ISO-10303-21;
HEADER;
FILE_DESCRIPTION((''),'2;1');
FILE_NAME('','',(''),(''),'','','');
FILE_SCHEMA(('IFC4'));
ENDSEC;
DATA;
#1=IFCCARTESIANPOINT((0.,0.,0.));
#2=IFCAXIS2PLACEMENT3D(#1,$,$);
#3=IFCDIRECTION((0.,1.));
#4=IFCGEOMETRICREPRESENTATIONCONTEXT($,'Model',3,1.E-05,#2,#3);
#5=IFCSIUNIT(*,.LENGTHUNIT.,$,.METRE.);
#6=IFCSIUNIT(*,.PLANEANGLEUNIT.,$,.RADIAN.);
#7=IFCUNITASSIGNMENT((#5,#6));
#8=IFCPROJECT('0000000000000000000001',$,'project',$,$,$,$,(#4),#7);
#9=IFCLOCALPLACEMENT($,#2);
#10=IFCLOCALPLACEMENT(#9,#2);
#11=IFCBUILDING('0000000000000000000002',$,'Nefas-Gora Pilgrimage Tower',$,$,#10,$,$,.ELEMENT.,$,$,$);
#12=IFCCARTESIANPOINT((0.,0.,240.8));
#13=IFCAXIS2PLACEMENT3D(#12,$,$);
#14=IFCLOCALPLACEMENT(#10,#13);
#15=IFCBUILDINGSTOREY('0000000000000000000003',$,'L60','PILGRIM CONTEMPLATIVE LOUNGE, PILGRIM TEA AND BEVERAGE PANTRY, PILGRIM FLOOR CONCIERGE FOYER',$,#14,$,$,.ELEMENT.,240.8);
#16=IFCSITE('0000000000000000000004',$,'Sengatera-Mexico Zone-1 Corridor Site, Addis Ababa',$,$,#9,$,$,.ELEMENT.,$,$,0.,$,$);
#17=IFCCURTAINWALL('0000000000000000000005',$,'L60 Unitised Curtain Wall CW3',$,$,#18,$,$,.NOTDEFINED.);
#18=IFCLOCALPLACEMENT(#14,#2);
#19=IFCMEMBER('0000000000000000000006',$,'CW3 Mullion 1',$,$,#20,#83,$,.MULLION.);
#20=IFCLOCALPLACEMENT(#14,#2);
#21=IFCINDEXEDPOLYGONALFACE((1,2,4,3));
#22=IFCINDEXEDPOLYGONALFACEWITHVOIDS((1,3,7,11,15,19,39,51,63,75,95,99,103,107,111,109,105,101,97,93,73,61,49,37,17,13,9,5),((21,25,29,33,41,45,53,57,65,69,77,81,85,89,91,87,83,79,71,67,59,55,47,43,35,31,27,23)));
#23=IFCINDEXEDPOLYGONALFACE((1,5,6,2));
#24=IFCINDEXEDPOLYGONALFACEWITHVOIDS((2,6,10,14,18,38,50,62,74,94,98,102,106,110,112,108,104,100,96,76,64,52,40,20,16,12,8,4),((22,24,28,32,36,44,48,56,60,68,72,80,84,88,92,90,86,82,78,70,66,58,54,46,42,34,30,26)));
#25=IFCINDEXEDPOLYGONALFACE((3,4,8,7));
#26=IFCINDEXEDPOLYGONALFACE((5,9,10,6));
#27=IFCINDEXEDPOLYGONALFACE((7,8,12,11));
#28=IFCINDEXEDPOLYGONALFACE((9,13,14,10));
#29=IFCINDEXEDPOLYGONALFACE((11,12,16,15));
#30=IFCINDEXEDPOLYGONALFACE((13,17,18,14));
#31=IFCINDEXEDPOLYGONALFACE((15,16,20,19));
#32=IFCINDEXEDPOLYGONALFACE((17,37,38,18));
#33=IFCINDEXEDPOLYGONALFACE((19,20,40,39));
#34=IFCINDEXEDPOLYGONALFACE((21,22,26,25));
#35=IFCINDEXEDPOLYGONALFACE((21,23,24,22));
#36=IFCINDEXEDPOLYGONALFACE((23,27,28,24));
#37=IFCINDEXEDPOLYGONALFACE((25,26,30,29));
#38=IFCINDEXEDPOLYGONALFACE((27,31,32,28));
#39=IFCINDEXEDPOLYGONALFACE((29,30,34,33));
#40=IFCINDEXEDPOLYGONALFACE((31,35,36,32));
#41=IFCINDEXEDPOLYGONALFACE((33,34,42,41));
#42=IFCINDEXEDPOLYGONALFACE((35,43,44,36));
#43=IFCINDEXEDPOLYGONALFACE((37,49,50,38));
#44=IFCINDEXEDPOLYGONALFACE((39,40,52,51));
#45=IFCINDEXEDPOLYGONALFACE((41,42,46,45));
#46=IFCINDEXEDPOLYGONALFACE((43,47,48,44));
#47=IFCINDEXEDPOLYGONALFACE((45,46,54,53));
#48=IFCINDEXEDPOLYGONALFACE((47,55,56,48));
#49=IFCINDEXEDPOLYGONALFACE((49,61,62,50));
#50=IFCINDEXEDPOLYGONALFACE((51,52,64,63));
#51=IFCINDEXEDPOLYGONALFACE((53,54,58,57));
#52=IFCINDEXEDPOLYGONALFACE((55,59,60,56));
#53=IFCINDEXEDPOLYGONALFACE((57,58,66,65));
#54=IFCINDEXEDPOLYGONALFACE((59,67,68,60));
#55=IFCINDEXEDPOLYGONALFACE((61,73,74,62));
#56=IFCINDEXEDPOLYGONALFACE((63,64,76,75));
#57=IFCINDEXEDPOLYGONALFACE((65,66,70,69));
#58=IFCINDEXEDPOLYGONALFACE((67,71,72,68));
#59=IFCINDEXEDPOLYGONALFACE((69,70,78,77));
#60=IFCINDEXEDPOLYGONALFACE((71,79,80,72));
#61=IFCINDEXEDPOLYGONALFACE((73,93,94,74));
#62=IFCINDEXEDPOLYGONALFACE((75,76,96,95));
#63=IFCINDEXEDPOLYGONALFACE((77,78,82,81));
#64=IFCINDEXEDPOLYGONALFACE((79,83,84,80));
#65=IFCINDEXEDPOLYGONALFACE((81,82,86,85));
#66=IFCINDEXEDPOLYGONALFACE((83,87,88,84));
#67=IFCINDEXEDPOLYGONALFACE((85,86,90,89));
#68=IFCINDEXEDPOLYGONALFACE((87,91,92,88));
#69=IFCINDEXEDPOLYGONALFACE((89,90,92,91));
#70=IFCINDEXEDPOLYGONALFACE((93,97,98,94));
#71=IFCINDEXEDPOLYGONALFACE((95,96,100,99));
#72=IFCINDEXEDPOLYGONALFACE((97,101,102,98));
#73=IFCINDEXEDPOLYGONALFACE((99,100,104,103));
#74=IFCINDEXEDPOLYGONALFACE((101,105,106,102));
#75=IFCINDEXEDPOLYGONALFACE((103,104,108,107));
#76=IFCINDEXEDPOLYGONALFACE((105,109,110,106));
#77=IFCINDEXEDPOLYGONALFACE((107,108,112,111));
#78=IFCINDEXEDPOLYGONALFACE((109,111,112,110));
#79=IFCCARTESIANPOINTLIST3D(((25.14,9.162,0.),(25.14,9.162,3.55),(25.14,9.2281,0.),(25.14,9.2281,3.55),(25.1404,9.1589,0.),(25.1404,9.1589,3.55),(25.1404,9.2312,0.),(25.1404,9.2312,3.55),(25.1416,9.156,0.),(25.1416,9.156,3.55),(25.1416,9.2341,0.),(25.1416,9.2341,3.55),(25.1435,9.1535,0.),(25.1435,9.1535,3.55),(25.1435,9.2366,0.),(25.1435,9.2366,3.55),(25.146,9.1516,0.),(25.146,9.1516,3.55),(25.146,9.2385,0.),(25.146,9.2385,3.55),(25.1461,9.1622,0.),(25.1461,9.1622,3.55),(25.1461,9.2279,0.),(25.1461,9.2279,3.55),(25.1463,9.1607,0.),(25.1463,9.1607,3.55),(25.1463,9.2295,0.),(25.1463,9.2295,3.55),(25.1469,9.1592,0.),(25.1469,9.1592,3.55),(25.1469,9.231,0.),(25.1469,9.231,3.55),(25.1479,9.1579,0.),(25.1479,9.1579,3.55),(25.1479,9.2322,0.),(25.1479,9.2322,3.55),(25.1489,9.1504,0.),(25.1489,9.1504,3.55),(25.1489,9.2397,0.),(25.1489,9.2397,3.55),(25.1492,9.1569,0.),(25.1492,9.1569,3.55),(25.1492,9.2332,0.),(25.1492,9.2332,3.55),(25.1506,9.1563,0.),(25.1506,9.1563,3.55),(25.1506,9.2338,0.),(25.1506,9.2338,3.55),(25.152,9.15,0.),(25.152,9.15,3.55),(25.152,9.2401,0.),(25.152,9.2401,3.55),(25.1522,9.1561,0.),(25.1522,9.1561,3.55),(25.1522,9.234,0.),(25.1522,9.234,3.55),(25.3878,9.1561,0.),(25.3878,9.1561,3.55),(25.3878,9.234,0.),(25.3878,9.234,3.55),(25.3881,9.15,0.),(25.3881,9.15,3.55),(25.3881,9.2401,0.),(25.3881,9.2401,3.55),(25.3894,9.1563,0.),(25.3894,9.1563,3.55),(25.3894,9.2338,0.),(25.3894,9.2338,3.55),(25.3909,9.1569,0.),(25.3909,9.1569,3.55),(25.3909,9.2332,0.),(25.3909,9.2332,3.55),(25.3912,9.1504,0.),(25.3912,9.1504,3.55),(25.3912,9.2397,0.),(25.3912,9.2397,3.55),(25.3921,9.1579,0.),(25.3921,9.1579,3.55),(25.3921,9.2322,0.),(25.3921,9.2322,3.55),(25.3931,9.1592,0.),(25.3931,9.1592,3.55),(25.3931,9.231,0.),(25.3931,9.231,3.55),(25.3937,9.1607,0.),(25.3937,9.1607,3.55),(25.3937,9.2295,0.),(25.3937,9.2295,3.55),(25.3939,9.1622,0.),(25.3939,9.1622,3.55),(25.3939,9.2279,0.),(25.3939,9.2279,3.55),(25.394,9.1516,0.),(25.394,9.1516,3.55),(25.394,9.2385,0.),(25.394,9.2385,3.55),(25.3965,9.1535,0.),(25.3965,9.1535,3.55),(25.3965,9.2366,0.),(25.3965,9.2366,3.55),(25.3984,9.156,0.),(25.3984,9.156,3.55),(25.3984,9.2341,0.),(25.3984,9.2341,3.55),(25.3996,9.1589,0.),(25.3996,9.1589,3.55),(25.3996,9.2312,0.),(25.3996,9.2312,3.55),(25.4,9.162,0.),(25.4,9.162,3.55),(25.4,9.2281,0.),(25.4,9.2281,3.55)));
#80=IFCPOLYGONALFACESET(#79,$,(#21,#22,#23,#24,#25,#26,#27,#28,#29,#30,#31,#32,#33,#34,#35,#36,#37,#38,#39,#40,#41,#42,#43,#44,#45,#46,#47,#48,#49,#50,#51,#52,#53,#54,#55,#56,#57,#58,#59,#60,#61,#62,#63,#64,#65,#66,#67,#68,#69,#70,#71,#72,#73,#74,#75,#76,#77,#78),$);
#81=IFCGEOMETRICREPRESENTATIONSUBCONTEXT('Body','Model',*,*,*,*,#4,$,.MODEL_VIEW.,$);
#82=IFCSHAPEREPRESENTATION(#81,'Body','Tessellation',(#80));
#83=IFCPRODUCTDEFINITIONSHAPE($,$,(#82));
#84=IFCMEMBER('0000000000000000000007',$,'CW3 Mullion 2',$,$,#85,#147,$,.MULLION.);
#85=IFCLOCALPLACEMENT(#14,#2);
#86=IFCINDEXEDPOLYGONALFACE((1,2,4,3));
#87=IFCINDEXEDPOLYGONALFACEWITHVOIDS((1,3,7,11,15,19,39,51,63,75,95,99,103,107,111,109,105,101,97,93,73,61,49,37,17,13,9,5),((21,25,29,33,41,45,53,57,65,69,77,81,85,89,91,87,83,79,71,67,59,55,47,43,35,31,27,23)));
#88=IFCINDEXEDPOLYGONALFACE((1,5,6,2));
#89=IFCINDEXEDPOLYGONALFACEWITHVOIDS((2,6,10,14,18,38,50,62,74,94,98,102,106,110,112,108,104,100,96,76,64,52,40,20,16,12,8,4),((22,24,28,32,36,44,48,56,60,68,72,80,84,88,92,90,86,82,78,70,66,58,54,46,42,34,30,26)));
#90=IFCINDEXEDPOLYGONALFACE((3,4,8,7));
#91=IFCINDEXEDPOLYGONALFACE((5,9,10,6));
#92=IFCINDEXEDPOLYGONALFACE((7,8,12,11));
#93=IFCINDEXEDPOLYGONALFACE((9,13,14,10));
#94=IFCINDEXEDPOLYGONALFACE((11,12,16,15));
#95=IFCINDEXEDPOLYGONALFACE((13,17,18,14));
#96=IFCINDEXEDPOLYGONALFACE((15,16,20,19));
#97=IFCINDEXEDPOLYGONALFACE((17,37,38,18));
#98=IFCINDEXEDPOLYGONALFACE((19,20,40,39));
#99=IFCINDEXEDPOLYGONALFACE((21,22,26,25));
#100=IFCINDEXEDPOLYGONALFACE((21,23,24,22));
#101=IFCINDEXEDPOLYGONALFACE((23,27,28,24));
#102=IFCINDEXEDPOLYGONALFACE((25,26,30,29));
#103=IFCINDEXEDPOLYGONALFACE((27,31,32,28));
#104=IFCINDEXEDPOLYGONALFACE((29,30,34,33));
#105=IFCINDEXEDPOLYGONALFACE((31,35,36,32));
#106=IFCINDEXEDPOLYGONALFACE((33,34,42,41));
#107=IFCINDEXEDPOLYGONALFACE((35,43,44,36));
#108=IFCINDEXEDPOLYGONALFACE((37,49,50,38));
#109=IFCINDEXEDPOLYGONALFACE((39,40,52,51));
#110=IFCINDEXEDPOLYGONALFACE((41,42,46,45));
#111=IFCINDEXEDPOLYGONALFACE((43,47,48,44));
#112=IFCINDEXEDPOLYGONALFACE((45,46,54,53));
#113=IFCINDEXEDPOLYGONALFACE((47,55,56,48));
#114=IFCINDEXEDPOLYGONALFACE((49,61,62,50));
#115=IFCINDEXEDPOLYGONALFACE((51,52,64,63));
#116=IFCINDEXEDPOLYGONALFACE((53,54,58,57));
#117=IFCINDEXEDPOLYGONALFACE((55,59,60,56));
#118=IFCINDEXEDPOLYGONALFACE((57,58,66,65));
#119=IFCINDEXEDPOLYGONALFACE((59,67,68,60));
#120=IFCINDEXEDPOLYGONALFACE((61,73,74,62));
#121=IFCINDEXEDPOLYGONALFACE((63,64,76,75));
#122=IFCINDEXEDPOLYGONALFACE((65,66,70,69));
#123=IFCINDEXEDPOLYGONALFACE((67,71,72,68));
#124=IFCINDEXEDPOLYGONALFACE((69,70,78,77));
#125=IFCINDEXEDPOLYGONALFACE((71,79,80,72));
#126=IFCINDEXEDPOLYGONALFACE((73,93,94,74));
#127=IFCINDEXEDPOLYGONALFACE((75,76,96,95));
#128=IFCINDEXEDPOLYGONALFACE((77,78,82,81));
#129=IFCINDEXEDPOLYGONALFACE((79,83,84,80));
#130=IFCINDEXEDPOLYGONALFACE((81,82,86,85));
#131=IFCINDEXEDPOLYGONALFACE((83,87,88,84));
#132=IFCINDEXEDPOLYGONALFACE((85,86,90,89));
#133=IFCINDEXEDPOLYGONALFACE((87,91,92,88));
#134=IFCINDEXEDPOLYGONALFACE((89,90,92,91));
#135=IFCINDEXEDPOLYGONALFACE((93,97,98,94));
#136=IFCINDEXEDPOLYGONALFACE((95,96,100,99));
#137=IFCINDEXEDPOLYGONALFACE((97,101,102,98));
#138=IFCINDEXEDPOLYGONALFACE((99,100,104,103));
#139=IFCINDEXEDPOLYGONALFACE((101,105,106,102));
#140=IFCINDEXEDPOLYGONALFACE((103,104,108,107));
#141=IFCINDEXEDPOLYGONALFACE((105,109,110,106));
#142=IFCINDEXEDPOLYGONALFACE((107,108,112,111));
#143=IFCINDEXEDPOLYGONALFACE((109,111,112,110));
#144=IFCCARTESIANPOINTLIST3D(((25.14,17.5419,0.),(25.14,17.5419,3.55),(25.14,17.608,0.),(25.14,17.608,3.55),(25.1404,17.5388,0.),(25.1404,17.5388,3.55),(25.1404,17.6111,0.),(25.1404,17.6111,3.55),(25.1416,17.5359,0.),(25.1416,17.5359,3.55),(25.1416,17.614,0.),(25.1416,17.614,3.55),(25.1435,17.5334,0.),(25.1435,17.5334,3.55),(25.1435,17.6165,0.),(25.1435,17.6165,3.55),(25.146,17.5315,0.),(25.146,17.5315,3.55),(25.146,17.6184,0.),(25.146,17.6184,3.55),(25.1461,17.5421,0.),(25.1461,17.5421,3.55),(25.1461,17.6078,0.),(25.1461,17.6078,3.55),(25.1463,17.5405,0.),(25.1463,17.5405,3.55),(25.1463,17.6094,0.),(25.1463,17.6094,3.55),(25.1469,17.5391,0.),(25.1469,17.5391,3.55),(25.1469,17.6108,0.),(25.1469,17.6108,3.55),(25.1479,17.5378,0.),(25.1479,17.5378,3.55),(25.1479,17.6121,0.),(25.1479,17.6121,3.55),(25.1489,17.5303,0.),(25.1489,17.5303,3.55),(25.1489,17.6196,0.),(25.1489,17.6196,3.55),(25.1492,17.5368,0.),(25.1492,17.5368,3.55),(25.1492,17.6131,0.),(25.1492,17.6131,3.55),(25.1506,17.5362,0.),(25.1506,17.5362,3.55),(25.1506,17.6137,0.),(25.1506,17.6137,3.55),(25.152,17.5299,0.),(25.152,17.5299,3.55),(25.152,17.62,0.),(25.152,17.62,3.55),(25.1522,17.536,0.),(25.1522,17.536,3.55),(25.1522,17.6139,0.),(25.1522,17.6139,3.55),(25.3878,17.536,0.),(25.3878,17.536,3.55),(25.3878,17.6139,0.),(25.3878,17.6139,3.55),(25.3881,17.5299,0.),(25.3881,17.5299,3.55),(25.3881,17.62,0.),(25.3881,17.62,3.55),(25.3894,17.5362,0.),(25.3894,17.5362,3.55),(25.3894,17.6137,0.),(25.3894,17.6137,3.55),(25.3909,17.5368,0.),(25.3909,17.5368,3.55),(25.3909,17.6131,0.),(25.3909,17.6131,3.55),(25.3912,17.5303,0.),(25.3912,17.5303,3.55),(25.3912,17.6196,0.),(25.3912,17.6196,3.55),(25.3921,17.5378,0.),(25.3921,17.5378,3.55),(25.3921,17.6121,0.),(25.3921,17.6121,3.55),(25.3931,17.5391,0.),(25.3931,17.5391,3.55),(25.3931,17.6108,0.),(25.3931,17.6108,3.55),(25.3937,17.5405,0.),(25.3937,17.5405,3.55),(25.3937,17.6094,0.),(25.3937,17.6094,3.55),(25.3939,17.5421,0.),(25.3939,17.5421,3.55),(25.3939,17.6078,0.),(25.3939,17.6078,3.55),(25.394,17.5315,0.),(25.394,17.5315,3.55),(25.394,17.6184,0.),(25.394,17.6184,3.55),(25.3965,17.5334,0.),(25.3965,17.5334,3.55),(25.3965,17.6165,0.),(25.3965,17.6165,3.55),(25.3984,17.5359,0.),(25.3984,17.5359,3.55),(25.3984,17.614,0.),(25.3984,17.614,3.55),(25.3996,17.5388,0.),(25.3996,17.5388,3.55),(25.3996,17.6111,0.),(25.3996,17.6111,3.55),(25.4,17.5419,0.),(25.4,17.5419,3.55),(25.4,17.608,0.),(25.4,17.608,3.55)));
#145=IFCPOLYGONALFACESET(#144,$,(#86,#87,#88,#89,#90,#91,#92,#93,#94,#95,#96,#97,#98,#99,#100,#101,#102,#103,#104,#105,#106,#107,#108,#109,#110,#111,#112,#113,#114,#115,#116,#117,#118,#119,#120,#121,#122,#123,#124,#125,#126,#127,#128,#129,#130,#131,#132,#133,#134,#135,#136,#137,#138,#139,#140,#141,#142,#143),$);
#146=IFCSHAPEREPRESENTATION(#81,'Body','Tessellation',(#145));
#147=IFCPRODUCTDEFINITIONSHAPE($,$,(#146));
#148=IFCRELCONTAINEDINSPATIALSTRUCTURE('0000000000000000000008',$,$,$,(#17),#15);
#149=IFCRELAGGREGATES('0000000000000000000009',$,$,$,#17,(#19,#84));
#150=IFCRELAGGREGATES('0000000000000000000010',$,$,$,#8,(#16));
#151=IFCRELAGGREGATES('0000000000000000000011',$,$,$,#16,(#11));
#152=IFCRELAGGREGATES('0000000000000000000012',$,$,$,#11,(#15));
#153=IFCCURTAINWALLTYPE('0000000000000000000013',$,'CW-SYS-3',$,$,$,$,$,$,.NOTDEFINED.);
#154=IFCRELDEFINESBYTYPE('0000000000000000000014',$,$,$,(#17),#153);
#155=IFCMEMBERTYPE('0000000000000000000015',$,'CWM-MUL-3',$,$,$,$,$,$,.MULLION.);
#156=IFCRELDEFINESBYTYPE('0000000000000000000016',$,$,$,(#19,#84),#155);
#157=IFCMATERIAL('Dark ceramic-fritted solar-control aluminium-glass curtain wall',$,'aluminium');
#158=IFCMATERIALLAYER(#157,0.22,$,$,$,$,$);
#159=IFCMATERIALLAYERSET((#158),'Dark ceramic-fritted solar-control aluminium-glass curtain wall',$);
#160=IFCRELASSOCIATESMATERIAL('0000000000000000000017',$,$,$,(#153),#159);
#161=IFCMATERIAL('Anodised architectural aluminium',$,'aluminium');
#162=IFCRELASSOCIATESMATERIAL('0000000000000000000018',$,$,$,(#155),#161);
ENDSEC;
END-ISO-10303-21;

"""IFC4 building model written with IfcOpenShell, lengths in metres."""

from ifc_helpers import new_model, si_unit, direction, frame, origin, origin_2d, place, context, subcontext, project, spatial, hollow_rectangle, extrude, source, transform, mapped, material, layer, layer_set, material_profile, profile_set, type_object, element, aggregate, save


model = new_model("IFC4")

# Units and contexts
model_context = context("Model", 3, precision=1e-05, world=origin(), true_north=direction((0.0, 1.0)))
body_context = subcontext(model_context, "Body", "Model", "MODEL_VIEW")
ifc_project = project(units=[si_unit("LENGTHUNIT", "METRE"), si_unit("PLANEANGLEUNIT", "RADIAN")], contexts=[model_context])

# Site, building, storey
site_placement = place(None, origin())
site = spatial("IfcSite", under=ifc_project, at=site_placement, Name="Sengatera-Mexico Zone-1 Corridor Site, Addis Ababa", CompositionType="ELEMENT", RefElevation=0.0)
building_placement = place(site_placement, origin())
building = spatial("IfcBuilding", under=site, at=building_placement, Name="Nefas-Gora Pilgrimage Tower", CompositionType="ELEMENT")
storey_placement = place(building_placement, frame((0.0, 0.0, 240.8)))
storey = spatial("IfcBuildingStorey", under=building, at=storey_placement, Name="L60", Description="PILGRIM CONTEMPLATIVE LOUNGE, PILGRIM TEA AND BEVERAGE PANTRY, PILGRIM FLOOR CONCIERGE FOYER", CompositionType="ELEMENT", Elevation=240.8)

# Curtain wall, members
ifc_material_1 = material(Name="Dark ceramic-fritted solar-control aluminium-glass curtain wall", Category="aluminium")
ifc_layer_1 = layer(ifc_material_1, 0.22)
ifc_layer_set_1 = layer_set([ifc_layer_1], Name="Dark ceramic-fritted solar-control aluminium-glass curtain wall")
curtain_wall_type = type_object("IfcCurtainWallType", Name="CW-SYS-3", PredefinedType="NOTDEFINED", material=ifc_layer_set_1)
curtain_wall_1_placement = place(storey_placement, origin())
curtain_wall_1 = element("IfcCurtainWall", 1, at=curtain_wall_1_placement, inside=storey, type_object=curtain_wall_type, Name="L60 Unitised Curtain Wall CW3", PredefinedType="NOTDEFINED")
ifc_material_2 = material(Name="Anodised architectural aluminium", Category="aluminium")
ifc_material_profile_1 = material_profile(ifc_material_2, hollow_rectangle(XDim=0.0901, YDim=0.26, WallThickness=0.0061, InnerFilletRadius=0.0061, OuterFilletRadius=0.012, at=origin_2d()), Name="ALU MULLION 90x260")
ifc_profile_set_1 = profile_set([ifc_material_profile_1], Name="Anodised architectural aluminium")
member_type_1 = type_object("IfcMemberType", Name="CWM-MUL-3", PredefinedType="MULLION", material=ifc_profile_set_1)
shared_shape_1 = source(origin(), body_context, "Body", "SweptSolid", [
    extrude(hollow_rectangle(XDim=0.0901, YDim=0.26, WallThickness=0.0061, InnerFilletRadius=0.0061, OuterFilletRadius=0.012, at=origin_2d()), origin(), (0.0, 0.0, 1.0), 3.55),
])
member_1_placement = place(storey_placement, frame((25.27, 9.1951, 0.0), z_axis=(0.0, 0.0, 1.0), x_axis=(0.0, 1.0, 0.0)))
member_1 = element("IfcMember", 2, at=member_1_placement, type_object=member_type_1, Name="CW3 Mullion 1", PredefinedType="MULLION", context=body_context, shape_type="MappedRepresentation", body=[
    mapped(shared_shape_1, transform((0.0, 0.0, 0.0), x_axis=(1.0, 0.0, 0.0), y_axis=(0.0, 1.0, 0.0), z_axis=(0.0, 0.0, 1.0), scale=1.0)),
])
member_2_placement = place(storey_placement, frame((25.27, 17.575, 0.0), z_axis=(0.0, 0.0, 1.0), x_axis=(0.0, 1.0, 0.0)))
member_2 = element("IfcMember", 3, at=member_2_placement, type_object=member_type_1, Name="CW3 Mullion 2", PredefinedType="MULLION", context=body_context, shape_type="MappedRepresentation", body=[
    mapped(shared_shape_1, transform((0.0, 0.0, 0.0), x_axis=(1.0, 0.0, 0.0), y_axis=(0.0, 1.0, 0.0), z_axis=(0.0, 0.0, 1.0), scale=1.0)),
])

aggregate(curtain_wall_1, [member_1, member_2])

save(model, "model.ifc")
